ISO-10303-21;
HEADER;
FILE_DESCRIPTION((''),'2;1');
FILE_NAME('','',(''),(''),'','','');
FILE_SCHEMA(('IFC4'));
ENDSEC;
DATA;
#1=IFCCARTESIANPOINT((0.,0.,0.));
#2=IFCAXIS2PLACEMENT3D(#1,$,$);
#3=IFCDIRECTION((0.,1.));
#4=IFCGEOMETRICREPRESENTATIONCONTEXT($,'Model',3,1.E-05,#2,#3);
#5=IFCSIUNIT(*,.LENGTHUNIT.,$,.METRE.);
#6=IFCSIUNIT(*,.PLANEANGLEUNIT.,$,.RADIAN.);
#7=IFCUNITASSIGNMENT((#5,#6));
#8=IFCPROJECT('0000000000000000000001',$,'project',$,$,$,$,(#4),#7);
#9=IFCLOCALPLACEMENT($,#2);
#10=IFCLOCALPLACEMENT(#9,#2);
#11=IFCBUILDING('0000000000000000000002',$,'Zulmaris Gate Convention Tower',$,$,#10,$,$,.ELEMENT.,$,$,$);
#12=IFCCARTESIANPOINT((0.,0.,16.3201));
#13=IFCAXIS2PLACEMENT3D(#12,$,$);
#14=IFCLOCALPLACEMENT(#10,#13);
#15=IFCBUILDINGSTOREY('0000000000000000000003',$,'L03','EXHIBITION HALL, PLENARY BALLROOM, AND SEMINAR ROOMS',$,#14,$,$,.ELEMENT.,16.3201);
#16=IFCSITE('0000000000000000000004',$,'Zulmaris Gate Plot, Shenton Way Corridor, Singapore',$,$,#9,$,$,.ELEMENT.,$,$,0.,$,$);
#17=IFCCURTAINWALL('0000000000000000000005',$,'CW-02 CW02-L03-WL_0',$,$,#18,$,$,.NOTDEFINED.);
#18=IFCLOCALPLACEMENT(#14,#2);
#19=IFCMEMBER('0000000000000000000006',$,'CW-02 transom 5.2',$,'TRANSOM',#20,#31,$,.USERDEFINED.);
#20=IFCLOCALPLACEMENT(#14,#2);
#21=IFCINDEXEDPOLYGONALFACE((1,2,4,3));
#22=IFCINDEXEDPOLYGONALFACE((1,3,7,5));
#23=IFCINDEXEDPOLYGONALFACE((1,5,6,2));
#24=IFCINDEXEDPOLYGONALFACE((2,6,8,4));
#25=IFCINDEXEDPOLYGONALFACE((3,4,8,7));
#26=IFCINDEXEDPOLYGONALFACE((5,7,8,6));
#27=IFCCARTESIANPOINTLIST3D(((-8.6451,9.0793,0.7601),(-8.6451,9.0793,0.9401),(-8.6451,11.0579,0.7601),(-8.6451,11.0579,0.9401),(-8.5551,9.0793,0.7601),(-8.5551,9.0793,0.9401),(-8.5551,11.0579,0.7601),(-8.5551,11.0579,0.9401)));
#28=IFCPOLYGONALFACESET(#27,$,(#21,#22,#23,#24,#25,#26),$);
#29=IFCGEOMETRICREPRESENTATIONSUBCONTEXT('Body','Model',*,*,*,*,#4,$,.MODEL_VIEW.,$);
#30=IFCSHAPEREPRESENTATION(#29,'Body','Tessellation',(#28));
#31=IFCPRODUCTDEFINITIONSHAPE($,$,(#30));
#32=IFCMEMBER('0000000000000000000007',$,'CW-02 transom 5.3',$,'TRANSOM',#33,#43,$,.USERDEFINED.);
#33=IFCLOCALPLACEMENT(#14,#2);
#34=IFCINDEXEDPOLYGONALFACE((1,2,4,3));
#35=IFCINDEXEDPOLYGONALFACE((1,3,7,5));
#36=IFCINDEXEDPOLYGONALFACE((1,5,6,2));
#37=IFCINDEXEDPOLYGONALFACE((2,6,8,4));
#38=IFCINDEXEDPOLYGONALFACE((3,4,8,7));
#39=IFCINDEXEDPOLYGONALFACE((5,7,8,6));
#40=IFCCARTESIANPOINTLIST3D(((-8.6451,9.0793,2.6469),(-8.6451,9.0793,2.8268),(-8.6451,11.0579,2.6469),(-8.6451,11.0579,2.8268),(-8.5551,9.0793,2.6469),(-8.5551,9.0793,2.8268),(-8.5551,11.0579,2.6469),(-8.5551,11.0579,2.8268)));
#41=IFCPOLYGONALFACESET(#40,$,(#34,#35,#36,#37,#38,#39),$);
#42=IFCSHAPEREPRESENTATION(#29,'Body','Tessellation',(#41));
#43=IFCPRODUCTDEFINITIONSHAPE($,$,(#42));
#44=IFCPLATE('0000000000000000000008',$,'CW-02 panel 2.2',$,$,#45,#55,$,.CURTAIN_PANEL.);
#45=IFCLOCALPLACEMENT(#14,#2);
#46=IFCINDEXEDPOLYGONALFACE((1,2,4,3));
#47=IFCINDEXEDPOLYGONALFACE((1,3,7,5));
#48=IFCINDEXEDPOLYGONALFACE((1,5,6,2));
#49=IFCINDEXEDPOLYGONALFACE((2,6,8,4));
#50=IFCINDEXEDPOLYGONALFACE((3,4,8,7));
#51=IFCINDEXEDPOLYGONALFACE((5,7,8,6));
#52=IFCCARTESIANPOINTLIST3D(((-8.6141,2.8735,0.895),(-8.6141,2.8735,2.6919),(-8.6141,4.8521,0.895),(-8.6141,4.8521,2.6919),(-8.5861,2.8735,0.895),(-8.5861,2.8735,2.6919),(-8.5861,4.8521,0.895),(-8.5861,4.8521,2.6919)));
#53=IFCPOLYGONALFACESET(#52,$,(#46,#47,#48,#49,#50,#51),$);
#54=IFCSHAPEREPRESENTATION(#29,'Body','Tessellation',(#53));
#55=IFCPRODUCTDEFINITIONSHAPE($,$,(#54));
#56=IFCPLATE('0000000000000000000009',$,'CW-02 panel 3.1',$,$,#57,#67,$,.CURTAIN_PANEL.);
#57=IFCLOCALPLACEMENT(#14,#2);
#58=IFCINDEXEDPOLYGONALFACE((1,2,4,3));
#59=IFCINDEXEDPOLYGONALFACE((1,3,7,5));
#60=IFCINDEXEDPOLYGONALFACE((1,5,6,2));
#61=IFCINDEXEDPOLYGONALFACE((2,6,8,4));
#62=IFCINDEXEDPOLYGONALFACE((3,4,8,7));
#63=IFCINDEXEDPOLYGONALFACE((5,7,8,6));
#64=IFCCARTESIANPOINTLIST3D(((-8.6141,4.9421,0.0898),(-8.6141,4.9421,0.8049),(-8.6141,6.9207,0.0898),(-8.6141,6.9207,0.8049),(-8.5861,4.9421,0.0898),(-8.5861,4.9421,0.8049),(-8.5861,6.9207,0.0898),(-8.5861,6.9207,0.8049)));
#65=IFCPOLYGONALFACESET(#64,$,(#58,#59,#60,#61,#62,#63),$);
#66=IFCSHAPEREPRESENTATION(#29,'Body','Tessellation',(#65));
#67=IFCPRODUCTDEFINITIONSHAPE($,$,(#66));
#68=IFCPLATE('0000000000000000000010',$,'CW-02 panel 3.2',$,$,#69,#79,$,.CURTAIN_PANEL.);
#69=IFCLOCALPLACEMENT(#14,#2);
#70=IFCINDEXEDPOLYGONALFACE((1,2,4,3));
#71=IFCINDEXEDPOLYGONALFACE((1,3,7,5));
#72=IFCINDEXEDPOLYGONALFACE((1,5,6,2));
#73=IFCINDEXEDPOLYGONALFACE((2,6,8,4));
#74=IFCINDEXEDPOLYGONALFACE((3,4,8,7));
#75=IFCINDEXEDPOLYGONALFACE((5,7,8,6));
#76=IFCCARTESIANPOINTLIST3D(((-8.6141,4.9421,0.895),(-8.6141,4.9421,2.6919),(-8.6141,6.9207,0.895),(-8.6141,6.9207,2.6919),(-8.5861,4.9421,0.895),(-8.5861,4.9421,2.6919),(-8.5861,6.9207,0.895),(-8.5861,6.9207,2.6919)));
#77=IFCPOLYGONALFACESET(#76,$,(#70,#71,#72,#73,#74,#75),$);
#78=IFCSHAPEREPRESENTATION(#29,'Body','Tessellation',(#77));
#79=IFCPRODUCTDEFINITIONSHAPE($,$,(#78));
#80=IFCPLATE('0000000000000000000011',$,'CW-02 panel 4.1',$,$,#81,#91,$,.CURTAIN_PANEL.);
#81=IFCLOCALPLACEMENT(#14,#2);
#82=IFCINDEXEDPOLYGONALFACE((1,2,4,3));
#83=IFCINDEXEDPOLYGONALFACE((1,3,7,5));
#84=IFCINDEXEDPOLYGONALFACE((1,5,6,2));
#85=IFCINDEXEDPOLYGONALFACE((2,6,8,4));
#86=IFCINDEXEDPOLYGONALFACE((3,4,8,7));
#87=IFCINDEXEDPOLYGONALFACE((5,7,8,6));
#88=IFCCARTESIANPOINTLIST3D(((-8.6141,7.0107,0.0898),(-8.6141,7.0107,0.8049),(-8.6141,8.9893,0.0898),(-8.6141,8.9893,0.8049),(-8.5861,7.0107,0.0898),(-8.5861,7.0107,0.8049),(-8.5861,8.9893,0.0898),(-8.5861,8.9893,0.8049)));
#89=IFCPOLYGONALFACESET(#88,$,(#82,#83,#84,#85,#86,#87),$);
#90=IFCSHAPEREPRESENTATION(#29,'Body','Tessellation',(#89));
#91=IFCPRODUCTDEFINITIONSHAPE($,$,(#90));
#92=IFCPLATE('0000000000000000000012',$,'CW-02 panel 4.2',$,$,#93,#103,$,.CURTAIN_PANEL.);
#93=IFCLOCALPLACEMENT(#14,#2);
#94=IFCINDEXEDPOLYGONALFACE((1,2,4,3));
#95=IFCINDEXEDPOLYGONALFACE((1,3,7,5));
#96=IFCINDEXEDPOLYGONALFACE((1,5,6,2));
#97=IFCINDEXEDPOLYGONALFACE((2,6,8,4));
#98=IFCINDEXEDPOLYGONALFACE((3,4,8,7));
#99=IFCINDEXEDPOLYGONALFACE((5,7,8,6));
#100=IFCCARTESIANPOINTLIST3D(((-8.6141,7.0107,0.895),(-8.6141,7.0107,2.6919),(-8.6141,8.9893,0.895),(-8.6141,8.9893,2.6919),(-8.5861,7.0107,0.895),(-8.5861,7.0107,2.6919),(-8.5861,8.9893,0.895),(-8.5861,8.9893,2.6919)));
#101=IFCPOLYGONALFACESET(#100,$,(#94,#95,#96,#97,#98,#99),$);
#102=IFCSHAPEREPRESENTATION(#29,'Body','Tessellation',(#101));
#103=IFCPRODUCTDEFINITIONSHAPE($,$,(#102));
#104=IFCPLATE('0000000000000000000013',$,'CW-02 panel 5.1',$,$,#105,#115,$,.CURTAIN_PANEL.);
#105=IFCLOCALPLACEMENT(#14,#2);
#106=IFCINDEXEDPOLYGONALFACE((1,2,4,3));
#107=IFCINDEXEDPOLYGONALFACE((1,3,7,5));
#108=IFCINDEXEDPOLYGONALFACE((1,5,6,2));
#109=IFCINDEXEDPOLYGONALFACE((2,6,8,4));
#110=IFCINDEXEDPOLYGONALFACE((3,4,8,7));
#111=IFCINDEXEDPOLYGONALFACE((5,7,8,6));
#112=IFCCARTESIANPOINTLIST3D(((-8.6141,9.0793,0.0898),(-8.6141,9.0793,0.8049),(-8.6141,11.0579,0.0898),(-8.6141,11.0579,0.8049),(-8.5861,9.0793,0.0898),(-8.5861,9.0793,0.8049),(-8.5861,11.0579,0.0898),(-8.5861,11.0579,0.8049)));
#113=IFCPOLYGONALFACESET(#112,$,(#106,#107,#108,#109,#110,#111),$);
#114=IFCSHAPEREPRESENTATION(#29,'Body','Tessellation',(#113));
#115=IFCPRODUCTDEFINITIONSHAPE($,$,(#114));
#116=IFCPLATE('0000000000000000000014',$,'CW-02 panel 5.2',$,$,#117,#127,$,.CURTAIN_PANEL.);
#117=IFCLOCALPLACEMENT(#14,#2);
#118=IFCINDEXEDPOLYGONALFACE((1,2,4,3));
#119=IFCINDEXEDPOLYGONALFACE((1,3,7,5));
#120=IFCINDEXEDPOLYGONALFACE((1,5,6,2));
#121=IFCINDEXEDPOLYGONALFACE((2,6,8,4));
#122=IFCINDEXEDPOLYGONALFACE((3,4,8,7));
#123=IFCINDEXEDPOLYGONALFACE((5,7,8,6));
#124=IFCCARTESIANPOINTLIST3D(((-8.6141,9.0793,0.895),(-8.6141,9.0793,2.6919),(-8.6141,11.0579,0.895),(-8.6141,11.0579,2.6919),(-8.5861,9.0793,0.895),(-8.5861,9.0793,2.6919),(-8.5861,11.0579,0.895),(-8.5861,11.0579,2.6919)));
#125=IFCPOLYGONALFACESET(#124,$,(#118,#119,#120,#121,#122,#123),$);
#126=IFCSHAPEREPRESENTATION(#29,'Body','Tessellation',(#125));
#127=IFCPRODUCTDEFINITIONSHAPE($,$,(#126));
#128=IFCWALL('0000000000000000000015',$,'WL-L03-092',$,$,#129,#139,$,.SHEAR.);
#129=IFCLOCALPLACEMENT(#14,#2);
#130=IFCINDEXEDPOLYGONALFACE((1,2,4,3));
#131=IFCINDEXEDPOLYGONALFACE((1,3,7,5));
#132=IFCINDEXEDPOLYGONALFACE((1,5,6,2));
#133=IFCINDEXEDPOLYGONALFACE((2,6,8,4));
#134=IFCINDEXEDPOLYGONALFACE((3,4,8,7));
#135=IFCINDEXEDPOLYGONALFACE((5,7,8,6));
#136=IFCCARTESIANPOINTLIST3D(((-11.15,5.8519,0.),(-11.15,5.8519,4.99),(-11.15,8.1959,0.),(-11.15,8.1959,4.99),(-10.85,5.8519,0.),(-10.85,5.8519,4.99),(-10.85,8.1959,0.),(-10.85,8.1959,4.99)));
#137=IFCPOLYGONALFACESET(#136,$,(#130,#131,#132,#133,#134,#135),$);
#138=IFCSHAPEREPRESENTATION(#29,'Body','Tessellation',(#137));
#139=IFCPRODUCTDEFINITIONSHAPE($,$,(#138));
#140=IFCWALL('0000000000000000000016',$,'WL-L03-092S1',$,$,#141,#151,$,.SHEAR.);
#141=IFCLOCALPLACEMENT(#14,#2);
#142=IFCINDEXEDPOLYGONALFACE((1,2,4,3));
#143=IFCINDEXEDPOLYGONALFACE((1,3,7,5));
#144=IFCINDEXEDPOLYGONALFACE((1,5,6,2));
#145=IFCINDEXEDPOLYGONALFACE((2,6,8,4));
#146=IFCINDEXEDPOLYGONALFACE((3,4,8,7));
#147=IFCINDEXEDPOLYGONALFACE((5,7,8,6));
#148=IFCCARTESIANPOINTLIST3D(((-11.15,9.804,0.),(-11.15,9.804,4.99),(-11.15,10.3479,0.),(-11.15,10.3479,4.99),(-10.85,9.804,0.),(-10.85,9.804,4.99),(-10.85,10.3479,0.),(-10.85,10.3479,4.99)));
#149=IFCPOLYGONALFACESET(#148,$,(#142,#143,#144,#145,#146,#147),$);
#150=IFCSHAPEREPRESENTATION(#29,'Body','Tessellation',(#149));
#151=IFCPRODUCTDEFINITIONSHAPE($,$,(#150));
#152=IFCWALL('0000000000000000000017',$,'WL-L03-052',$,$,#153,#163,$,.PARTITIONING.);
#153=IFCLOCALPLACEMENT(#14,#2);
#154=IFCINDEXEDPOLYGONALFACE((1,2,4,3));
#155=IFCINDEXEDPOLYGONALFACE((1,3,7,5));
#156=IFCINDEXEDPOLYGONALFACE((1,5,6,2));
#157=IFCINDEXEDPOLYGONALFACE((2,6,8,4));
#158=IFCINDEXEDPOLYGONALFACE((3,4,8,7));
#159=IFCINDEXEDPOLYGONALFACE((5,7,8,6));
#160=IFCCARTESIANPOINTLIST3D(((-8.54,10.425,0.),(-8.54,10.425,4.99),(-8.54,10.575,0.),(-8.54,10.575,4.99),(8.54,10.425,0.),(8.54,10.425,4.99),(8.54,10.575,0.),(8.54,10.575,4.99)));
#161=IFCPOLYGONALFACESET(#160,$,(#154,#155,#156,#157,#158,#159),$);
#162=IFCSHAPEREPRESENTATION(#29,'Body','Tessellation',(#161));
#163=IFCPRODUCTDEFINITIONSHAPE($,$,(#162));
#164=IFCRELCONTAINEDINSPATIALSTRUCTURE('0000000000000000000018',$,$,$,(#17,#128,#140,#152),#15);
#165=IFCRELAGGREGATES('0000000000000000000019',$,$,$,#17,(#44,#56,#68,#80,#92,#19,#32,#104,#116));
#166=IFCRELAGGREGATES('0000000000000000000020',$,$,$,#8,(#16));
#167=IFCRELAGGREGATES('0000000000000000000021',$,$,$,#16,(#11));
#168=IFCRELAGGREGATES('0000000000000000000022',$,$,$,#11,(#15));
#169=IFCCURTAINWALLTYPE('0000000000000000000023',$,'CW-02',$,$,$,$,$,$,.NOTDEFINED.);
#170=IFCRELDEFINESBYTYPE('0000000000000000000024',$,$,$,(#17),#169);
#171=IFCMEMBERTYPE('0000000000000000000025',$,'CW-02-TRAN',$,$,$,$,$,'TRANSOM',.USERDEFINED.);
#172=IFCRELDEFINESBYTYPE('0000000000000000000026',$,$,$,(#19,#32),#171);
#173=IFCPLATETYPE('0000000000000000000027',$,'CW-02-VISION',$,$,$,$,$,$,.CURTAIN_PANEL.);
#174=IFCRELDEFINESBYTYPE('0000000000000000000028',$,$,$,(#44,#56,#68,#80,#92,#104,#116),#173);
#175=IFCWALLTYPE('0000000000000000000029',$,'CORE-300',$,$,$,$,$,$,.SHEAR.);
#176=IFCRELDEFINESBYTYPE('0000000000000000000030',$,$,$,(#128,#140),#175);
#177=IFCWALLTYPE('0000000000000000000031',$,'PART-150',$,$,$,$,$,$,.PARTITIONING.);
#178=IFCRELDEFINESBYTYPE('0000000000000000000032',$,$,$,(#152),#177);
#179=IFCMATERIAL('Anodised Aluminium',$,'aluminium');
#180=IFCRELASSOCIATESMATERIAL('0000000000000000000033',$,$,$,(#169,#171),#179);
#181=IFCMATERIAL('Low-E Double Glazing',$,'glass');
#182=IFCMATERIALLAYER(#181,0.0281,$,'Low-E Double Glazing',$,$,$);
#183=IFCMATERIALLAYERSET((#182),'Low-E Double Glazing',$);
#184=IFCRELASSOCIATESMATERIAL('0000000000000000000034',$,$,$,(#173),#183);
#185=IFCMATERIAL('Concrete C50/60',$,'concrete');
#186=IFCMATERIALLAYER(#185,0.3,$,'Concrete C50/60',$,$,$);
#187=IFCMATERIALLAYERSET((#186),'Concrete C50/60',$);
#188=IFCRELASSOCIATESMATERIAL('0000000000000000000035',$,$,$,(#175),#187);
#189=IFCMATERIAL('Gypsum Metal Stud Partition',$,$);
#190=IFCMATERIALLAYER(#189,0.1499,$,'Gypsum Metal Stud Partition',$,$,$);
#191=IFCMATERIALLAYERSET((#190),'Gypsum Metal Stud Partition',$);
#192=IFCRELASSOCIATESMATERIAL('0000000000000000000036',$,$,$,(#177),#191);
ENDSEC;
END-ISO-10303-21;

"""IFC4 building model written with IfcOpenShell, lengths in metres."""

from ifc_helpers import new_model, si_unit, direction, frame, frame_2d, origin, origin_2d, place, context, subcontext, project, spatial, rectangle, extrude, material, layer, layer_set, material_profile, profile_set, type_object, element, aggregate, save


model = new_model("IFC4")

# Units and contexts
model_context = context("Model", 3, precision=1e-05, world=origin(), true_north=direction((0.0, 1.0)))
body_context = subcontext(model_context, "Body", "Model", "MODEL_VIEW")
ifc_project = project(units=[si_unit("LENGTHUNIT", "METRE"), si_unit("PLANEANGLEUNIT", "RADIAN")], contexts=[model_context])

# Site, building, storey
site_placement = place(None, origin())
site = spatial("IfcSite", under=ifc_project, at=site_placement, Name="Zulmaris Gate Plot, Shenton Way Corridor, Singapore", CompositionType="ELEMENT", RefElevation=0.0)
building_placement = place(site_placement, origin())
building = spatial("IfcBuilding", under=site, at=building_placement, Name="Zulmaris Gate Convention Tower", CompositionType="ELEMENT")
storey_placement = place(building_placement, frame((0.0, 0.0, 16.3201)))
storey = spatial("IfcBuildingStorey", under=building, at=storey_placement, Name="L03", Description="EXHIBITION HALL, PLENARY BALLROOM, AND SEMINAR ROOMS", CompositionType="ELEMENT", Elevation=16.3201)

# Curtain wall, members, plates
ifc_material_1 = material(Name="Anodised Aluminium", Category="aluminium")
curtain_wall_type = type_object("IfcCurtainWallType", Name="CW-02", PredefinedType="NOTDEFINED", material=ifc_material_1)
curtain_wall_placement = place(storey_placement, origin())
curtain_wall = element("IfcCurtainWall", 1, at=curtain_wall_placement, inside=storey, type_object=curtain_wall_type, Name="CW-02 CW02-L03-WL_0", PredefinedType="NOTDEFINED")
ifc_material_profile_1 = material_profile(ifc_material_1, rectangle(XDim=0.0901, YDim=0.1799, at=origin_2d()), Name="ALU TRANSOM 90x180")
ifc_profile_set_1 = profile_set([ifc_material_profile_1], Name="Anodised Aluminium")
member_type_1 = type_object("IfcMemberType", Name="CW-02-TRAN", ElementType="TRANSOM", PredefinedType="USERDEFINED", material=ifc_profile_set_1)
member_1_placement = place(storey_placement, frame((-8.6001, 9.0793, 0.8501), z_axis=(0.0, 1.0, 0.0), x_axis=(-1.0, 0.0, 0.0)))
member_1 = element("IfcMember", 2, at=member_1_placement, type_object=member_type_1, Name="CW-02 transom 5.2", ObjectType="TRANSOM", PredefinedType="USERDEFINED", context=body_context, shape_type="SweptSolid", body=[
    extrude(rectangle(XDim=0.0901, YDim=0.1799, at=origin_2d()), origin(), (0.0, 0.0, 1.0), 1.9785),
])
member_2_placement = place(storey_placement, frame((-8.6001, 9.0793, 2.7368), z_axis=(0.0, 1.0, 0.0), x_axis=(-1.0, 0.0, 0.0)))
member_2 = element("IfcMember", 3, at=member_2_placement, type_object=member_type_1, Name="CW-02 transom 5.3", ObjectType="TRANSOM", PredefinedType="USERDEFINED", context=body_context, shape_type="SweptSolid", body=[
    extrude(rectangle(XDim=0.0901, YDim=0.1799, at=origin_2d()), origin(), (0.0, 0.0, 1.0), 1.9785),
])
ifc_material_2 = material(Name="Low-E Double Glazing", Category="glass")
ifc_layer_1 = layer(ifc_material_2, 0.0281, Name="Low-E Double Glazing")
ifc_layer_set_1 = layer_set([ifc_layer_1], Name="Low-E Double Glazing")
plate_type = type_object("IfcPlateType", Name="CW-02-VISION", PredefinedType="CURTAIN_PANEL", material=ifc_layer_set_1)
plate_1_placement = place(storey_placement, frame((-8.6001, 3.8628, 0.895), z_axis=(0.0, 0.0, 1.0), x_axis=(0.0, 1.0, 0.0)))
plate_1 = element("IfcPlate", 4, at=plate_1_placement, type_object=plate_type, Name="CW-02 panel 2.2", PredefinedType="CURTAIN_PANEL", context=body_context, shape_type="SweptSolid", body=[
    extrude(rectangle(XDim=1.9785, YDim=0.0281, at=origin_2d()), origin(), (0.0, 0.0, 1.0), 1.7969),
])
plate_2_placement = place(storey_placement, frame((-8.6001, 5.9314, 0.0898), z_axis=(0.0, 0.0, 1.0), x_axis=(0.0, 1.0, 0.0)))
plate_2 = element("IfcPlate", 5, at=plate_2_placement, type_object=plate_type, Name="CW-02 panel 3.1", PredefinedType="CURTAIN_PANEL", context=body_context, shape_type="SweptSolid", body=[
    extrude(rectangle(XDim=1.9785, YDim=0.0281, at=origin_2d()), origin(), (0.0, 0.0, 1.0), 0.7151),
])
plate_3_placement = place(storey_placement, frame((-8.6001, 5.9314, 0.895), z_axis=(0.0, 0.0, 1.0), x_axis=(0.0, 1.0, 0.0)))
plate_3 = element("IfcPlate", 6, at=plate_3_placement, type_object=plate_type, Name="CW-02 panel 3.2", PredefinedType="CURTAIN_PANEL", context=body_context, shape_type="SweptSolid", body=[
    extrude(rectangle(XDim=1.9785, YDim=0.0281, at=origin_2d()), origin(), (0.0, 0.0, 1.0), 1.7969),
])
plate_4_placement = place(storey_placement, frame((-8.6001, 8.0, 0.0898), z_axis=(0.0, 0.0, 1.0), x_axis=(0.0, 1.0, 0.0)))
plate_4 = element("IfcPlate", 7, at=plate_4_placement, type_object=plate_type, Name="CW-02 panel 4.1", PredefinedType="CURTAIN_PANEL", context=body_context, shape_type="SweptSolid", body=[
    extrude(rectangle(XDim=1.9785, YDim=0.0281, at=origin_2d()), origin(), (0.0, 0.0, 1.0), 0.7151),
])
plate_5_placement = place(storey_placement, frame((-8.6001, 8.0, 0.895), z_axis=(0.0, 0.0, 1.0), x_axis=(0.0, 1.0, 0.0)))
plate_5 = element("IfcPlate", 8, at=plate_5_placement, type_object=plate_type, Name="CW-02 panel 4.2", PredefinedType="CURTAIN_PANEL", context=body_context, shape_type="SweptSolid", body=[
    extrude(rectangle(XDim=1.9785, YDim=0.0281, at=origin_2d()), origin(), (0.0, 0.0, 1.0), 1.7969),
])
plate_6_placement = place(storey_placement, frame((-8.6001, 10.0686, 0.0898), z_axis=(0.0, 0.0, 1.0), x_axis=(0.0, 1.0, 0.0)))
plate_6 = element("IfcPlate", 9, at=plate_6_placement, type_object=plate_type, Name="CW-02 panel 5.1", PredefinedType="CURTAIN_PANEL", context=body_context, shape_type="SweptSolid", body=[
    extrude(rectangle(XDim=1.9785, YDim=0.0281, at=origin_2d()), origin(), (0.0, 0.0, 1.0), 0.7151),
])
plate_7_placement = place(storey_placement, frame((-8.6001, 10.0686, 0.895), z_axis=(0.0, 0.0, 1.0), x_axis=(0.0, 1.0, 0.0)))
plate_7 = element("IfcPlate", 10, at=plate_7_placement, type_object=plate_type, Name="CW-02 panel 5.2", PredefinedType="CURTAIN_PANEL", context=body_context, shape_type="SweptSolid", body=[
    extrude(rectangle(XDim=1.9785, YDim=0.0281, at=origin_2d()), origin(), (0.0, 0.0, 1.0), 1.7969),
])
aggregate(curtain_wall, [plate_1, plate_2, plate_3, plate_4, plate_5, member_1, member_2, plate_6, plate_7])

# Shared definitions
ifc_material_3 = material(Name="Concrete C50/60", Category="concrete")
ifc_layer_2 = layer(ifc_material_3, 0.3, Name="Concrete C50/60")
ifc_layer_set_2 = layer_set([ifc_layer_2], Name="Concrete C50/60")
wall_type_1 = type_object("IfcWallType", Name="CORE-300", PredefinedType="SHEAR", material=ifc_layer_set_2)

# Walls
wall_1_placement = place(storey_placement, frame((-11.0, 5.8521, 0.0), z_axis=(0.0, 0.0, 1.0), x_axis=(0.0, 1.0, 0.0)))
element("IfcWall", 11, at=wall_1_placement, inside=storey, type_object=wall_type_1, Name="WL-L03-092", PredefinedType="SHEAR", context=body_context, shape_type="SweptSolid", body=[
    extrude(rectangle(XDim=2.344, YDim=0.3, at=frame_2d((1.1719, 0.0))), origin(), (0.0, 0.0, 1.0), 4.99),
])
wall_2_placement = place(storey_placement, frame((-11.0, 9.804, 0.0), z_axis=(0.0, 0.0, 1.0), x_axis=(0.0, 1.0, 0.0)))
element("IfcWall", 12, at=wall_2_placement, inside=storey, type_object=wall_type_1, Name="WL-L03-092S1", PredefinedType="SHEAR", context=body_context, shape_type="SweptSolid", body=[
    extrude(rectangle(XDim=0.5439, YDim=0.3, at=frame_2d((0.272, 0.0))), origin(), (0.0, 0.0, 1.0), 4.99),
])

# Shared definitions
ifc_material_4 = material(Name="Gypsum Metal Stud Partition")
ifc_layer_3 = layer(ifc_material_4, 0.1499, Name="Gypsum Metal Stud Partition")
ifc_layer_set_3 = layer_set([ifc_layer_3], Name="Gypsum Metal Stud Partition")
wall_type_2 = type_object("IfcWallType", Name="PART-150", PredefinedType="PARTITIONING", material=ifc_layer_set_3)

# Wall
wall_3_placement = place(storey_placement, frame((-8.54, 10.5, 0.0), z_axis=(0.0, 0.0, 1.0), x_axis=(1.0, 0.0, 0.0)))
element("IfcWall", 13, at=wall_3_placement, inside=storey, type_object=wall_type_2, Name="WL-L03-052", PredefinedType="PARTITIONING", context=body_context, shape_type="SweptSolid", body=[
    extrude(rectangle(XDim=17.0801, YDim=0.1499, at=frame_2d((8.54, 0.0))), origin(), (0.0, 0.0, 1.0), 4.99),
])

save(model, "model.ifc")
